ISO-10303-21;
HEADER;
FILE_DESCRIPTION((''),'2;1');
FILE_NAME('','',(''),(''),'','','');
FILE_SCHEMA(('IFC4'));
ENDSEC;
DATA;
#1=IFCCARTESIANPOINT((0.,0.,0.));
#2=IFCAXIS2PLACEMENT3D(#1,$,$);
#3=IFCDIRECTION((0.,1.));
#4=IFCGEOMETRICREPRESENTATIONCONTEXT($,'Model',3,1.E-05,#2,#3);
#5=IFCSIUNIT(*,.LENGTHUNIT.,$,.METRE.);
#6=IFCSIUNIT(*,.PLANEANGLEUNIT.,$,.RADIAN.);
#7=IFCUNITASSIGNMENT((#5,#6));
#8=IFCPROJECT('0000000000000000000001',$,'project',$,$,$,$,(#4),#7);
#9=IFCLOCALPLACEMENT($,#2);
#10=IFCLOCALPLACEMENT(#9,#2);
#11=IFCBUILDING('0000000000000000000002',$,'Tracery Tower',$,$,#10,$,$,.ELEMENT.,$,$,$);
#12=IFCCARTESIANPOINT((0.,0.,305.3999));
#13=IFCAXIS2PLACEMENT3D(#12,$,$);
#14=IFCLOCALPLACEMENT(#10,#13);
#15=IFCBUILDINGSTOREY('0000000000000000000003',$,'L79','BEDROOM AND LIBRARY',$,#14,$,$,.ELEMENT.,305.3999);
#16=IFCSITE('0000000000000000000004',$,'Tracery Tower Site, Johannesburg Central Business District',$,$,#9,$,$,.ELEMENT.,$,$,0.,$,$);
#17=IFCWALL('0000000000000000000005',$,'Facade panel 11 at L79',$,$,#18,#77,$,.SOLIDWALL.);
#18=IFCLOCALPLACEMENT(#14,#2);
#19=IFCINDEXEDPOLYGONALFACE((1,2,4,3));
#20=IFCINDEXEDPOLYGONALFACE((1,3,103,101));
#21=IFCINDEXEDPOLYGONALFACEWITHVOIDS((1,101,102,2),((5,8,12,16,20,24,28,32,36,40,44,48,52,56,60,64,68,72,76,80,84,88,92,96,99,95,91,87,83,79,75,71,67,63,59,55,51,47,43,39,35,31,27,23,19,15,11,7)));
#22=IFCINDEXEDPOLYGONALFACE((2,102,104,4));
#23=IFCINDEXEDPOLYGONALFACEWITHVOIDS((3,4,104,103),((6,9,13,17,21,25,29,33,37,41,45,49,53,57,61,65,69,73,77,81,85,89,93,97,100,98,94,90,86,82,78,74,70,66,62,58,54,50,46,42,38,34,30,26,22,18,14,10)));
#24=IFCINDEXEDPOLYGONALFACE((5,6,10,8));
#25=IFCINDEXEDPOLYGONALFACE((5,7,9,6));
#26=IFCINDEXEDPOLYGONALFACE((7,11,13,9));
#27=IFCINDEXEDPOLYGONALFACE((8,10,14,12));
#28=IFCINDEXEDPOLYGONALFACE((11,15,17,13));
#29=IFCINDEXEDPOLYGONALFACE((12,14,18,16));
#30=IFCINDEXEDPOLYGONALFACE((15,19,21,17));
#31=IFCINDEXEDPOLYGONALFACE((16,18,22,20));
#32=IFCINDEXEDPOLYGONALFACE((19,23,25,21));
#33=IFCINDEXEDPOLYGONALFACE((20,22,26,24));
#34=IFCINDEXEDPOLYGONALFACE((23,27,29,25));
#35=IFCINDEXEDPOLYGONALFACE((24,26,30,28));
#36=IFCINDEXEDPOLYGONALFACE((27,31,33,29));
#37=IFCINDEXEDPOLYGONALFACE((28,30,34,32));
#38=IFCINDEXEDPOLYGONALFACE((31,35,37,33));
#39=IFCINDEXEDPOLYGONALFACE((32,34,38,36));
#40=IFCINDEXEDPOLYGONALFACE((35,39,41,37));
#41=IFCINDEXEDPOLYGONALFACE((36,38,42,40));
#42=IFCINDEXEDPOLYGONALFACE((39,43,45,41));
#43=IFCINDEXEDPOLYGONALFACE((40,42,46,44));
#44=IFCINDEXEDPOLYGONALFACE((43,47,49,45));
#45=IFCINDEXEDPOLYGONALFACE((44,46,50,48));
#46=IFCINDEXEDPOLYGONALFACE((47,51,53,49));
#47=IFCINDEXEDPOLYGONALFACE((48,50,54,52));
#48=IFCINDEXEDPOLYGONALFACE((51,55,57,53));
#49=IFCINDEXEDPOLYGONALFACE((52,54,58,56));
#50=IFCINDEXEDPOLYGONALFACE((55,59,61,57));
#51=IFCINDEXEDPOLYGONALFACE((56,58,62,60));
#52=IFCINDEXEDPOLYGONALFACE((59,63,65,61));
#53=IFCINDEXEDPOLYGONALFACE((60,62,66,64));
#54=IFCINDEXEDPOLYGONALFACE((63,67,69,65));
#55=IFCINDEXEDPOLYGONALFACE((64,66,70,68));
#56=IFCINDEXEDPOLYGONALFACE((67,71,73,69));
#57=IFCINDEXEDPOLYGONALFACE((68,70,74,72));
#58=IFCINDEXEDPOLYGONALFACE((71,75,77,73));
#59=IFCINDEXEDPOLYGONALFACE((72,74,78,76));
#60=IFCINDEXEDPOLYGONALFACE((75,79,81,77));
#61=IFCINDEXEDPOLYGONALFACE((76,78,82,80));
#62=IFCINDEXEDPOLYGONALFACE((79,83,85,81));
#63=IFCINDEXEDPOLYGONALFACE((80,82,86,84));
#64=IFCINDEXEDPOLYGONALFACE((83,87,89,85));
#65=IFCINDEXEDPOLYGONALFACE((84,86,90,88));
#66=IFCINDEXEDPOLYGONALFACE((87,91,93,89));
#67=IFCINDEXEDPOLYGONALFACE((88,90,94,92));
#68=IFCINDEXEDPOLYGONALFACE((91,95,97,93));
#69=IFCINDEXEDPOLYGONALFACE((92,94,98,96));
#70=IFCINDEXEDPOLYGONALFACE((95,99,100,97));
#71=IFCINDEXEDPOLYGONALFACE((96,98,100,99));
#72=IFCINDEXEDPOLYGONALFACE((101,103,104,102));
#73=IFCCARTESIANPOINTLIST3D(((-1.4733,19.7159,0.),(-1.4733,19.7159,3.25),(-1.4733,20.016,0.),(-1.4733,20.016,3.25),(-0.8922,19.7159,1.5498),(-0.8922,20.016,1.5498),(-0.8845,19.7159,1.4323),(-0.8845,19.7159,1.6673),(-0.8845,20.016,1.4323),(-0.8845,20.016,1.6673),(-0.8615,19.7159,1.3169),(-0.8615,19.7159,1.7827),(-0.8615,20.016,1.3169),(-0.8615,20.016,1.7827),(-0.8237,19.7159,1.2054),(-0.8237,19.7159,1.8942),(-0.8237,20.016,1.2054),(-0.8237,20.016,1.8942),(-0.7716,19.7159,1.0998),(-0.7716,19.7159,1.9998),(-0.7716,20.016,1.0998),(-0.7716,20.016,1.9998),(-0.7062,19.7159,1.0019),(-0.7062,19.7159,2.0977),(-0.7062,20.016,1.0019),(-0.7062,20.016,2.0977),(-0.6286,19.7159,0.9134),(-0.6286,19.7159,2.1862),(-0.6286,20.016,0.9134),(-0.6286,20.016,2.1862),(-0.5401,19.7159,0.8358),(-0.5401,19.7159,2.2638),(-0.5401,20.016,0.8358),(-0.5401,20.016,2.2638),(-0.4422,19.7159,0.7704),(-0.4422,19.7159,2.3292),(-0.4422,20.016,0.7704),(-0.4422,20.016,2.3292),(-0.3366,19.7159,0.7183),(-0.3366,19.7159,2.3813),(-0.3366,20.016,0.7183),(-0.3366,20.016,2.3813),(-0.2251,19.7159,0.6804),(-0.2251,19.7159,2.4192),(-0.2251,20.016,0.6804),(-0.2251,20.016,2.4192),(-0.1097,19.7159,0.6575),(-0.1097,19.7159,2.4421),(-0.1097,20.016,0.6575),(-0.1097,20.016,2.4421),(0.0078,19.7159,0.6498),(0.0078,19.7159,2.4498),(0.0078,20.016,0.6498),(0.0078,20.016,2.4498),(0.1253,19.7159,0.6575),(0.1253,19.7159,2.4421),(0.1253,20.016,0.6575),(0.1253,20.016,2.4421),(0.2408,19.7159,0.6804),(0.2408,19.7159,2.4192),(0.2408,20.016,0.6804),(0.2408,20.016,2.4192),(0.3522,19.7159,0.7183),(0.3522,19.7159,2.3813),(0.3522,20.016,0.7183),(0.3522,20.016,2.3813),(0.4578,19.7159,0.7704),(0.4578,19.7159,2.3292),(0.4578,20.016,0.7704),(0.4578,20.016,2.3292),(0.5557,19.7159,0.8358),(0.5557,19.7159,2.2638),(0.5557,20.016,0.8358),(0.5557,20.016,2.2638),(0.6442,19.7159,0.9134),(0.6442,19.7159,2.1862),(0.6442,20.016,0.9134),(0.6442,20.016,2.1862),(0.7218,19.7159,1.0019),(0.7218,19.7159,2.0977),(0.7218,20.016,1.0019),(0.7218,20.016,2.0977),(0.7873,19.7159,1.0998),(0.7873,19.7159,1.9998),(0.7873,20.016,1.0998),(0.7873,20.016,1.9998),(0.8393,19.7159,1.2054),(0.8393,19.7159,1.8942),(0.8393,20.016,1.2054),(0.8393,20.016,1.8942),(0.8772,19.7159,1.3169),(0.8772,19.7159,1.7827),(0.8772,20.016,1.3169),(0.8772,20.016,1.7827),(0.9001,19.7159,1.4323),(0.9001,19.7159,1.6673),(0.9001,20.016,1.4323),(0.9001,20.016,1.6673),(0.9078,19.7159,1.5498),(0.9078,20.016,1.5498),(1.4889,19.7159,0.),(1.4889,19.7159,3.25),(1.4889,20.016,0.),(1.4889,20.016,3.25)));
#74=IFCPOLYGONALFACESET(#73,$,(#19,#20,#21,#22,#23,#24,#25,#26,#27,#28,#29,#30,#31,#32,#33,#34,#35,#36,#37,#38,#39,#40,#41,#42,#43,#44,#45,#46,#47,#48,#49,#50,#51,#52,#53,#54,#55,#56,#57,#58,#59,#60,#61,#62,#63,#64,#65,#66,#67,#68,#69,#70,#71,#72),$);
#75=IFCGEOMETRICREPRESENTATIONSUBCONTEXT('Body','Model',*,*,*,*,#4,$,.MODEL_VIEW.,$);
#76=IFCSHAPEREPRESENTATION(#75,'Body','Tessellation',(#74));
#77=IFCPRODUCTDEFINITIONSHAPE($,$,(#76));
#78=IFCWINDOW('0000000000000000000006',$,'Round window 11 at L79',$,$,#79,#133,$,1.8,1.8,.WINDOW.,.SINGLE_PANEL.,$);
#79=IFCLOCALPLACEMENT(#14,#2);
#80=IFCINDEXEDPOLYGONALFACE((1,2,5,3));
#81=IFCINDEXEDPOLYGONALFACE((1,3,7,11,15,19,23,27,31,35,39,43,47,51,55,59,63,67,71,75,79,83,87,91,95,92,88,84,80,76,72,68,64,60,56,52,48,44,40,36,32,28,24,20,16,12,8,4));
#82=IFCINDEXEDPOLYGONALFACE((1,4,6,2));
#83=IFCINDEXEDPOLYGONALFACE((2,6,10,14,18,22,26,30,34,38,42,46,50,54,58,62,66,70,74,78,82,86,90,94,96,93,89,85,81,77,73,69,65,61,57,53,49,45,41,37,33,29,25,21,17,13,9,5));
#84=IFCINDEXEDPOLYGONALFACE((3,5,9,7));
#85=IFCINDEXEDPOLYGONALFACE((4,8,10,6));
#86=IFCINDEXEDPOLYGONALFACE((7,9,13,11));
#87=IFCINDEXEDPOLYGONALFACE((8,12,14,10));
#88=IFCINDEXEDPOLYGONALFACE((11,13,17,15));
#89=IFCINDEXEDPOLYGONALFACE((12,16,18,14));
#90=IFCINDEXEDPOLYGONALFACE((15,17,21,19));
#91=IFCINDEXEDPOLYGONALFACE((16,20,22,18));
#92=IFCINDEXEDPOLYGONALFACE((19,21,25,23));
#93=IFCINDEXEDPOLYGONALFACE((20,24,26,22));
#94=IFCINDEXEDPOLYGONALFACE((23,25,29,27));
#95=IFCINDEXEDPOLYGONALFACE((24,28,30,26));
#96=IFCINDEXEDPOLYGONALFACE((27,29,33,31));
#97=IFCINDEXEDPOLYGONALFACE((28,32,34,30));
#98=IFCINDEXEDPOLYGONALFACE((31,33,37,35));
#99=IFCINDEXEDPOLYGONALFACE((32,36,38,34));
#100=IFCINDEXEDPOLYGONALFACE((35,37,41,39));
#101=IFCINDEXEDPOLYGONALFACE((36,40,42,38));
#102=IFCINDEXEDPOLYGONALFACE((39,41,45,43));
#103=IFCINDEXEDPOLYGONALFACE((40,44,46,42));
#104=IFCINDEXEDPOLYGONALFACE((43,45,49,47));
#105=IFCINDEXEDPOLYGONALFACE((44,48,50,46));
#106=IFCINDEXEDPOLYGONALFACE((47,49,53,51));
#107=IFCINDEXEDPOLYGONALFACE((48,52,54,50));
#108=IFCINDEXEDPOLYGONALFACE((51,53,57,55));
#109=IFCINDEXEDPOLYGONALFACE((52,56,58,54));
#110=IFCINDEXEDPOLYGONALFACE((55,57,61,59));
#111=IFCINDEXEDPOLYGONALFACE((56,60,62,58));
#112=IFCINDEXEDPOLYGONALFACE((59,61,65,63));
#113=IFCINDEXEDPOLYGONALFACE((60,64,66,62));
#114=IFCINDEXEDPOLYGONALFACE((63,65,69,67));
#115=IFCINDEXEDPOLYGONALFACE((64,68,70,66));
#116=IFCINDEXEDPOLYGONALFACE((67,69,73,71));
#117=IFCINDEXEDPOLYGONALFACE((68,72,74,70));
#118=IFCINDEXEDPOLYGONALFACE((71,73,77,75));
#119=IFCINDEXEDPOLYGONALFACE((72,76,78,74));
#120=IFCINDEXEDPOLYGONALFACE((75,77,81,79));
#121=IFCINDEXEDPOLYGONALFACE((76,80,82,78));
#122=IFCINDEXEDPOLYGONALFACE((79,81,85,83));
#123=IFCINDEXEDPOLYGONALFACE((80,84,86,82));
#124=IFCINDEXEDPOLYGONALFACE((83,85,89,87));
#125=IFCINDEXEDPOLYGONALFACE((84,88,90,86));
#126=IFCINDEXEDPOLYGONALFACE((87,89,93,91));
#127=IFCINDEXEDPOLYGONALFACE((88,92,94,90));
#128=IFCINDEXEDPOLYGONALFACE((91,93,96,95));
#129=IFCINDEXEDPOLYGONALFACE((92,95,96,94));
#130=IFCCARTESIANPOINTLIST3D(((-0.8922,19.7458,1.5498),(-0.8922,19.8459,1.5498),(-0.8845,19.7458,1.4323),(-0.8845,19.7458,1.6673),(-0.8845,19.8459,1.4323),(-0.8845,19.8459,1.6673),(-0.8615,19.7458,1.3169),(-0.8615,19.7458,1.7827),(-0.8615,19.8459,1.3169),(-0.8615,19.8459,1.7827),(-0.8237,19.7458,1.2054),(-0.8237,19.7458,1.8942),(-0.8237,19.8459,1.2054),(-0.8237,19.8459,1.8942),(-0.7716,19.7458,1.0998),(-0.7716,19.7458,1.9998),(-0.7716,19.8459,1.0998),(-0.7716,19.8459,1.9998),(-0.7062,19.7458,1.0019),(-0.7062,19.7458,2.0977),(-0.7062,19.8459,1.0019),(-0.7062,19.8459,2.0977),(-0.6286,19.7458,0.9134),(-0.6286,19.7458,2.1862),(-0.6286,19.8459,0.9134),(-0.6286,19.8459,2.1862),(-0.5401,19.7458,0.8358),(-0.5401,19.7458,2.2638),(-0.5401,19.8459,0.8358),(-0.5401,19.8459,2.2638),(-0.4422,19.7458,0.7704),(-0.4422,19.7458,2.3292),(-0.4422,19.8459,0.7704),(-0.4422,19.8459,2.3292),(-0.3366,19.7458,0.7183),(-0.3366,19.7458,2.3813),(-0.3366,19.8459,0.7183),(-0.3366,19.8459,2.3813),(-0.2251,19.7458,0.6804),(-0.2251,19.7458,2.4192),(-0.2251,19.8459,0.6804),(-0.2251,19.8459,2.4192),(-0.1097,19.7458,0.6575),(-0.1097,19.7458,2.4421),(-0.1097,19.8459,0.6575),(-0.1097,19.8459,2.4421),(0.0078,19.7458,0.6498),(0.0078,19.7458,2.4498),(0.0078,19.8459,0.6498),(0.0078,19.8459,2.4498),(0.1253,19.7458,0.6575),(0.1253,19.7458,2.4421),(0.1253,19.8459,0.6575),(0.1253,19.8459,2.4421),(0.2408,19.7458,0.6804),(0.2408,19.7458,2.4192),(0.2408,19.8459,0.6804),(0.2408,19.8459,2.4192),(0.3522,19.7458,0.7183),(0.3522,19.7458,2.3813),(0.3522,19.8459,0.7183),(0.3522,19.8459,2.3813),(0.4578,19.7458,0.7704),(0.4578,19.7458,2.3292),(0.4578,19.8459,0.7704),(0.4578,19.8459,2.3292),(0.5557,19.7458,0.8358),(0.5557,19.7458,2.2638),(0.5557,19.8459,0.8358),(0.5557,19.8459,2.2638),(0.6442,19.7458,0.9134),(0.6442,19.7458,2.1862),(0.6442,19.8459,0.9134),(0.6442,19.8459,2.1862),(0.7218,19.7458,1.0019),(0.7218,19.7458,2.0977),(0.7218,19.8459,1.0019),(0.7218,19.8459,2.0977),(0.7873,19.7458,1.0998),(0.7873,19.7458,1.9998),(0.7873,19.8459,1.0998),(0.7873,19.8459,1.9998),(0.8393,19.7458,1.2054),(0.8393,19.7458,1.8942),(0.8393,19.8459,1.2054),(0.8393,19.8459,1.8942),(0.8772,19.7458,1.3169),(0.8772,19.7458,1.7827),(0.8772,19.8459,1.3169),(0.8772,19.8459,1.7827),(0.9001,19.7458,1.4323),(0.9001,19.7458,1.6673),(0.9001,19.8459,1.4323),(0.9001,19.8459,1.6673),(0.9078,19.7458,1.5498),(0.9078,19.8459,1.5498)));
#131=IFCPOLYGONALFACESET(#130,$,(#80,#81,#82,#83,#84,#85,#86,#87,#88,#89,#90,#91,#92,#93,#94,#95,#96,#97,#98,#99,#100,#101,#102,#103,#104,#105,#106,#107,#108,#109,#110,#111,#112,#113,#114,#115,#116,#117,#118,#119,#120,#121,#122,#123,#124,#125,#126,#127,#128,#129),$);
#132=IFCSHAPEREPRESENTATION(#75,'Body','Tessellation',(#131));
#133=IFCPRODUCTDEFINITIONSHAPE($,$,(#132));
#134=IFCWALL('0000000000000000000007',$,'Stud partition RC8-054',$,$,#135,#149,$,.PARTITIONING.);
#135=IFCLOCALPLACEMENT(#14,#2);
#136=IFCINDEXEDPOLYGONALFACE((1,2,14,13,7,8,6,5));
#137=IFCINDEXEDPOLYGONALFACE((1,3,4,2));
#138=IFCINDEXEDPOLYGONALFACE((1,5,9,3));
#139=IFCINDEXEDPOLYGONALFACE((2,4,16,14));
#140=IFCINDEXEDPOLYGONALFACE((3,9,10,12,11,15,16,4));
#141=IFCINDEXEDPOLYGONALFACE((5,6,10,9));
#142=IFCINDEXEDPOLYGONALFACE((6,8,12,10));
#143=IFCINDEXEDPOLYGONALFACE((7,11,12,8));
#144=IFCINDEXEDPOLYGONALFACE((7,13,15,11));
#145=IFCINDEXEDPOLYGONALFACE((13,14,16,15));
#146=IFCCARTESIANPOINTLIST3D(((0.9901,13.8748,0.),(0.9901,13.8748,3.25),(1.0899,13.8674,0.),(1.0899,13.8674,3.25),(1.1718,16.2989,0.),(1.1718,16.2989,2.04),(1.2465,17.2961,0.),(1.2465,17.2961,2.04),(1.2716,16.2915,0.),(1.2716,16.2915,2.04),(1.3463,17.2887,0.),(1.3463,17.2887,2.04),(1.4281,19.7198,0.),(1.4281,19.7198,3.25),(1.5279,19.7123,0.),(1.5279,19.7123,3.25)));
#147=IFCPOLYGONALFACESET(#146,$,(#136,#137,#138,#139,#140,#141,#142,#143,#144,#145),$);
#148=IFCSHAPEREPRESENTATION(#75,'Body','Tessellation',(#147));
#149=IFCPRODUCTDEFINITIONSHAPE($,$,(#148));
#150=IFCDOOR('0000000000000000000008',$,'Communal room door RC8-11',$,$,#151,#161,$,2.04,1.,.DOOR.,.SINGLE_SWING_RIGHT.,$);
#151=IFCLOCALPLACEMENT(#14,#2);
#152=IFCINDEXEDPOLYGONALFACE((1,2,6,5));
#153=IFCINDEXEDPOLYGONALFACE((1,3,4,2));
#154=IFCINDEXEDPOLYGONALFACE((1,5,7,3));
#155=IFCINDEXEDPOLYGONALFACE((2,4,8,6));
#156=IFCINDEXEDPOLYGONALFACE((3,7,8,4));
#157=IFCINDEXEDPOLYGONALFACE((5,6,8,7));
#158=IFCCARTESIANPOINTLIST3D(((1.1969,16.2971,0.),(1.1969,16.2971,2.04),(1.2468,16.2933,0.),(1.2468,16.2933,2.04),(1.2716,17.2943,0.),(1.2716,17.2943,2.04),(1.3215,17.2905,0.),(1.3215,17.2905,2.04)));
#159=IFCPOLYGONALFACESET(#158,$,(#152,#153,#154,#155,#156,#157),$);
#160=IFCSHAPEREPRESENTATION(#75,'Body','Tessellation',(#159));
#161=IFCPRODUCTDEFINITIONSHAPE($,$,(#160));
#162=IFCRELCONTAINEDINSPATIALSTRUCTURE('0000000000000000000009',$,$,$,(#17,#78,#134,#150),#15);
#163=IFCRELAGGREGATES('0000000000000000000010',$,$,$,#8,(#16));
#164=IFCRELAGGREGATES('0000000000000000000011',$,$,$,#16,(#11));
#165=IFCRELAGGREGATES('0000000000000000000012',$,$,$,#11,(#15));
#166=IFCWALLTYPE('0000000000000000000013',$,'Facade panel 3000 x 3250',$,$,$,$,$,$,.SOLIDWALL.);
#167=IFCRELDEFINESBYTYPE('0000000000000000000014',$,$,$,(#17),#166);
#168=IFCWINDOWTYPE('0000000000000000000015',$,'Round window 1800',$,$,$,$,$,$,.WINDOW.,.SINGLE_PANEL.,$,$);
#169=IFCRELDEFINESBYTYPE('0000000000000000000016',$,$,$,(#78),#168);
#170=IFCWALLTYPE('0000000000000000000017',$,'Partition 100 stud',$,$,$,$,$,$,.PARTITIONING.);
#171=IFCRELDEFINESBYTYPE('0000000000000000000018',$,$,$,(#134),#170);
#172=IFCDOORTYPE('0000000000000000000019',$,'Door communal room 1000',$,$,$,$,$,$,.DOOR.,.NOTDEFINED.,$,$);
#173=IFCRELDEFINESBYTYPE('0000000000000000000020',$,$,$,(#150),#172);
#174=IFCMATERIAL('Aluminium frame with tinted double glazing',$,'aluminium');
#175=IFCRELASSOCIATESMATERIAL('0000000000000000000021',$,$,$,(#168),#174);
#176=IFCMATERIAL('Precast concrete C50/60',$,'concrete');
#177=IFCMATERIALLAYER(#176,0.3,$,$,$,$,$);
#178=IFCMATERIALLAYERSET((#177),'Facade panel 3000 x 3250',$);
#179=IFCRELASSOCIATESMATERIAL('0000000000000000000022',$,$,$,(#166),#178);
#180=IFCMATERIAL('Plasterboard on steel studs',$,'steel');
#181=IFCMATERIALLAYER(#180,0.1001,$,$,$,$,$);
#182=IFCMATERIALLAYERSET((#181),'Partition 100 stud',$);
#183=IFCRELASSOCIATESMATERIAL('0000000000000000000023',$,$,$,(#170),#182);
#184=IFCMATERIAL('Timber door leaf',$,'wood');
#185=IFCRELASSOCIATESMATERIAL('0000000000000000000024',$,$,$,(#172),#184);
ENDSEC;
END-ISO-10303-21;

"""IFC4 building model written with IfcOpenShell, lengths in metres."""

from ifc_helpers import new_model, si_unit, direction, frame, frame_2d, origin, origin_2d, place, context, subcontext, project, spatial, rectangle, circle, extrude, material, layer, layer_set, type_object, element, fill, save


model = new_model("IFC4")

# Units and contexts
model_context = context("Model", 3, precision=1e-05, world=origin(), true_north=direction((0.0, 1.0)))
body_context = subcontext(model_context, "Body", "Model", "MODEL_VIEW")
ifc_project = project(units=[si_unit("LENGTHUNIT", "METRE"), si_unit("PLANEANGLEUNIT", "RADIAN")], contexts=[model_context])

# Site, building, storey
site_placement = place(None, origin())
site = spatial("IfcSite", under=ifc_project, at=site_placement, Name="Tracery Tower Site, Johannesburg Central Business District", CompositionType="ELEMENT", RefElevation=0.0)
building_placement = place(site_placement, origin())
building = spatial("IfcBuilding", under=site, at=building_placement, Name="Tracery Tower", CompositionType="ELEMENT")
storey_placement = place(building_placement, frame((0.0, 0.0, 305.3999)))
storey = spatial("IfcBuildingStorey", under=building, at=storey_placement, Name="L79", Description="BEDROOM AND LIBRARY", CompositionType="ELEMENT", Elevation=305.3999)

# Wall, opening, window
ifc_material_1 = material(Name="Aluminium frame with tinted double glazing", Category="aluminium")
window_type = type_object("IfcWindowType", Name="Round window 1800", PartitioningType="SINGLE_PANEL", PredefinedType="WINDOW", material=ifc_material_1)
ifc_material_2 = material(Name="Precast concrete C50/60", Category="concrete")
ifc_layer_1 = layer(ifc_material_2, 0.3)
ifc_layer_set_1 = layer_set([ifc_layer_1], Name="Facade panel 3000 x 3250")
wall_type_1 = type_object("IfcWallType", Name="Facade panel 3000 x 3250", PredefinedType="SOLIDWALL", material=ifc_layer_set_1)
wall_1_placement = place(storey_placement, frame((1.4888, 19.866, 0.0), z_axis=(0.0, 0.0, 1.0), x_axis=(-1.0, 0.0, 0.0)))
wall_1 = element("IfcWall", 1, at=wall_1_placement, inside=storey, type_object=wall_type_1, Name="Facade panel 11 at L79", PredefinedType="SOLIDWALL", context=body_context, shape_type="SweptSolid", body=[
    extrude(rectangle(XDim=2.9622, YDim=0.3, at=frame_2d((1.481, 0.0))), origin(), (0.0, 0.0, 1.0), 3.25),
])
opening_1_placement = place(wall_1_placement, frame((1.481, 0.0, 1.5498)))
opening_1 = element("IfcOpeningElement", 2, at=opening_1_placement, cuts=wall_1, PredefinedType="OPENING", context=body_context, shape_type="SweptSolid", body=[
    extrude(circle(Radius=0.9, at=origin_2d()), frame((0.0, 0.1599, 0.0), z_axis=(0.0, -1.0, 0.0), x_axis=(1.0, 0.0, 0.0)), (0.0, 0.0, 1.0), 0.3201),
])
window_1_placement = place(opening_1_placement, origin())
window_1 = element("IfcWindow", 3, at=window_1_placement, inside=storey, type_object=window_type, Name="Round window 11 at L79", OverallHeight=1.8, OverallWidth=1.8, PartitioningType="SINGLE_PANEL", PredefinedType="WINDOW", context=body_context, shape_type="SweptSolid", body=[
    extrude(circle(Radius=0.9, at=origin_2d()), frame((0.0, 0.1201, 0.0), z_axis=(0.0, -1.0, 0.0), x_axis=(1.0, 0.0, 0.0)), (0.0, 0.0, 1.0), 0.1001),
])
fill(opening_1, window_1)

# Wall, opening, door
ifc_material_3 = material(Name="Plasterboard on steel studs", Category="steel")
ifc_layer_2 = layer(ifc_material_3, 0.1001)
ifc_layer_set_2 = layer_set([ifc_layer_2], Name="Partition 100 stud")
wall_type_2 = type_object("IfcWallType", Name="Partition 100 stud", PredefinedType="PARTITIONING", material=ifc_layer_set_2)
wall_2_placement = place(storey_placement, frame((1.04, 13.8711, 0.0), z_axis=(0.0, 0.0, 1.0), x_axis=(0.074725, 0.997204, 0.0)))
wall_2 = element("IfcWall", 4, at=wall_2_placement, inside=storey, type_object=wall_type_2, Name="Stud partition RC8-054", PredefinedType="PARTITIONING", context=body_context, shape_type="SweptSolid", body=[
    extrude(rectangle(XDim=5.8613, YDim=0.1001, at=frame_2d((2.9307, 0.0))), origin(), (0.0, 0.0, 1.0), 3.25),
])
opening_2_placement = place(wall_2_placement, frame((2.4309, 0.0, 0.0)))
opening_2 = element("IfcOpeningElement", 5, at=opening_2_placement, cuts=wall_2, PredefinedType="OPENING", context=body_context, shape_type="SweptSolid", body=[
    extrude(rectangle(XDim=1.0, YDim=2.04, at=frame_2d((0.5, 1.02))), frame((0.0, 0.05, 0.0), z_axis=(0.0, -1.0, 0.0), x_axis=(1.0, 0.0, 0.0)), (0.0, 0.0, 1.0), 0.1001),
])
ifc_material_4 = material(Name="Timber door leaf", Category="wood")
door_type_1 = type_object("IfcDoorType", Name="Door communal room 1000", OperationType="NOTDEFINED", PredefinedType="DOOR", material=ifc_material_4)
door_1_placement = place(opening_2_placement, origin())
door_1 = element("IfcDoor", 6, at=door_1_placement, inside=storey, type_object=door_type_1, Name="Communal room door RC8-11", OperationType="SINGLE_SWING_RIGHT", OverallHeight=2.04, OverallWidth=1.0, PredefinedType="DOOR", context=body_context, shape_type="SweptSolid", body=[
    extrude(rectangle(XDim=1.0, YDim=2.04, at=frame_2d((0.5, 1.02))), frame((0.0, 0.0249, 0.0), z_axis=(0.0, -1.0, 0.0), x_axis=(1.0, 0.0, 0.0)), (0.0, 0.0, 1.0), 0.05),
])
fill(opening_2, door_1)

save(model, "model.ifc")
